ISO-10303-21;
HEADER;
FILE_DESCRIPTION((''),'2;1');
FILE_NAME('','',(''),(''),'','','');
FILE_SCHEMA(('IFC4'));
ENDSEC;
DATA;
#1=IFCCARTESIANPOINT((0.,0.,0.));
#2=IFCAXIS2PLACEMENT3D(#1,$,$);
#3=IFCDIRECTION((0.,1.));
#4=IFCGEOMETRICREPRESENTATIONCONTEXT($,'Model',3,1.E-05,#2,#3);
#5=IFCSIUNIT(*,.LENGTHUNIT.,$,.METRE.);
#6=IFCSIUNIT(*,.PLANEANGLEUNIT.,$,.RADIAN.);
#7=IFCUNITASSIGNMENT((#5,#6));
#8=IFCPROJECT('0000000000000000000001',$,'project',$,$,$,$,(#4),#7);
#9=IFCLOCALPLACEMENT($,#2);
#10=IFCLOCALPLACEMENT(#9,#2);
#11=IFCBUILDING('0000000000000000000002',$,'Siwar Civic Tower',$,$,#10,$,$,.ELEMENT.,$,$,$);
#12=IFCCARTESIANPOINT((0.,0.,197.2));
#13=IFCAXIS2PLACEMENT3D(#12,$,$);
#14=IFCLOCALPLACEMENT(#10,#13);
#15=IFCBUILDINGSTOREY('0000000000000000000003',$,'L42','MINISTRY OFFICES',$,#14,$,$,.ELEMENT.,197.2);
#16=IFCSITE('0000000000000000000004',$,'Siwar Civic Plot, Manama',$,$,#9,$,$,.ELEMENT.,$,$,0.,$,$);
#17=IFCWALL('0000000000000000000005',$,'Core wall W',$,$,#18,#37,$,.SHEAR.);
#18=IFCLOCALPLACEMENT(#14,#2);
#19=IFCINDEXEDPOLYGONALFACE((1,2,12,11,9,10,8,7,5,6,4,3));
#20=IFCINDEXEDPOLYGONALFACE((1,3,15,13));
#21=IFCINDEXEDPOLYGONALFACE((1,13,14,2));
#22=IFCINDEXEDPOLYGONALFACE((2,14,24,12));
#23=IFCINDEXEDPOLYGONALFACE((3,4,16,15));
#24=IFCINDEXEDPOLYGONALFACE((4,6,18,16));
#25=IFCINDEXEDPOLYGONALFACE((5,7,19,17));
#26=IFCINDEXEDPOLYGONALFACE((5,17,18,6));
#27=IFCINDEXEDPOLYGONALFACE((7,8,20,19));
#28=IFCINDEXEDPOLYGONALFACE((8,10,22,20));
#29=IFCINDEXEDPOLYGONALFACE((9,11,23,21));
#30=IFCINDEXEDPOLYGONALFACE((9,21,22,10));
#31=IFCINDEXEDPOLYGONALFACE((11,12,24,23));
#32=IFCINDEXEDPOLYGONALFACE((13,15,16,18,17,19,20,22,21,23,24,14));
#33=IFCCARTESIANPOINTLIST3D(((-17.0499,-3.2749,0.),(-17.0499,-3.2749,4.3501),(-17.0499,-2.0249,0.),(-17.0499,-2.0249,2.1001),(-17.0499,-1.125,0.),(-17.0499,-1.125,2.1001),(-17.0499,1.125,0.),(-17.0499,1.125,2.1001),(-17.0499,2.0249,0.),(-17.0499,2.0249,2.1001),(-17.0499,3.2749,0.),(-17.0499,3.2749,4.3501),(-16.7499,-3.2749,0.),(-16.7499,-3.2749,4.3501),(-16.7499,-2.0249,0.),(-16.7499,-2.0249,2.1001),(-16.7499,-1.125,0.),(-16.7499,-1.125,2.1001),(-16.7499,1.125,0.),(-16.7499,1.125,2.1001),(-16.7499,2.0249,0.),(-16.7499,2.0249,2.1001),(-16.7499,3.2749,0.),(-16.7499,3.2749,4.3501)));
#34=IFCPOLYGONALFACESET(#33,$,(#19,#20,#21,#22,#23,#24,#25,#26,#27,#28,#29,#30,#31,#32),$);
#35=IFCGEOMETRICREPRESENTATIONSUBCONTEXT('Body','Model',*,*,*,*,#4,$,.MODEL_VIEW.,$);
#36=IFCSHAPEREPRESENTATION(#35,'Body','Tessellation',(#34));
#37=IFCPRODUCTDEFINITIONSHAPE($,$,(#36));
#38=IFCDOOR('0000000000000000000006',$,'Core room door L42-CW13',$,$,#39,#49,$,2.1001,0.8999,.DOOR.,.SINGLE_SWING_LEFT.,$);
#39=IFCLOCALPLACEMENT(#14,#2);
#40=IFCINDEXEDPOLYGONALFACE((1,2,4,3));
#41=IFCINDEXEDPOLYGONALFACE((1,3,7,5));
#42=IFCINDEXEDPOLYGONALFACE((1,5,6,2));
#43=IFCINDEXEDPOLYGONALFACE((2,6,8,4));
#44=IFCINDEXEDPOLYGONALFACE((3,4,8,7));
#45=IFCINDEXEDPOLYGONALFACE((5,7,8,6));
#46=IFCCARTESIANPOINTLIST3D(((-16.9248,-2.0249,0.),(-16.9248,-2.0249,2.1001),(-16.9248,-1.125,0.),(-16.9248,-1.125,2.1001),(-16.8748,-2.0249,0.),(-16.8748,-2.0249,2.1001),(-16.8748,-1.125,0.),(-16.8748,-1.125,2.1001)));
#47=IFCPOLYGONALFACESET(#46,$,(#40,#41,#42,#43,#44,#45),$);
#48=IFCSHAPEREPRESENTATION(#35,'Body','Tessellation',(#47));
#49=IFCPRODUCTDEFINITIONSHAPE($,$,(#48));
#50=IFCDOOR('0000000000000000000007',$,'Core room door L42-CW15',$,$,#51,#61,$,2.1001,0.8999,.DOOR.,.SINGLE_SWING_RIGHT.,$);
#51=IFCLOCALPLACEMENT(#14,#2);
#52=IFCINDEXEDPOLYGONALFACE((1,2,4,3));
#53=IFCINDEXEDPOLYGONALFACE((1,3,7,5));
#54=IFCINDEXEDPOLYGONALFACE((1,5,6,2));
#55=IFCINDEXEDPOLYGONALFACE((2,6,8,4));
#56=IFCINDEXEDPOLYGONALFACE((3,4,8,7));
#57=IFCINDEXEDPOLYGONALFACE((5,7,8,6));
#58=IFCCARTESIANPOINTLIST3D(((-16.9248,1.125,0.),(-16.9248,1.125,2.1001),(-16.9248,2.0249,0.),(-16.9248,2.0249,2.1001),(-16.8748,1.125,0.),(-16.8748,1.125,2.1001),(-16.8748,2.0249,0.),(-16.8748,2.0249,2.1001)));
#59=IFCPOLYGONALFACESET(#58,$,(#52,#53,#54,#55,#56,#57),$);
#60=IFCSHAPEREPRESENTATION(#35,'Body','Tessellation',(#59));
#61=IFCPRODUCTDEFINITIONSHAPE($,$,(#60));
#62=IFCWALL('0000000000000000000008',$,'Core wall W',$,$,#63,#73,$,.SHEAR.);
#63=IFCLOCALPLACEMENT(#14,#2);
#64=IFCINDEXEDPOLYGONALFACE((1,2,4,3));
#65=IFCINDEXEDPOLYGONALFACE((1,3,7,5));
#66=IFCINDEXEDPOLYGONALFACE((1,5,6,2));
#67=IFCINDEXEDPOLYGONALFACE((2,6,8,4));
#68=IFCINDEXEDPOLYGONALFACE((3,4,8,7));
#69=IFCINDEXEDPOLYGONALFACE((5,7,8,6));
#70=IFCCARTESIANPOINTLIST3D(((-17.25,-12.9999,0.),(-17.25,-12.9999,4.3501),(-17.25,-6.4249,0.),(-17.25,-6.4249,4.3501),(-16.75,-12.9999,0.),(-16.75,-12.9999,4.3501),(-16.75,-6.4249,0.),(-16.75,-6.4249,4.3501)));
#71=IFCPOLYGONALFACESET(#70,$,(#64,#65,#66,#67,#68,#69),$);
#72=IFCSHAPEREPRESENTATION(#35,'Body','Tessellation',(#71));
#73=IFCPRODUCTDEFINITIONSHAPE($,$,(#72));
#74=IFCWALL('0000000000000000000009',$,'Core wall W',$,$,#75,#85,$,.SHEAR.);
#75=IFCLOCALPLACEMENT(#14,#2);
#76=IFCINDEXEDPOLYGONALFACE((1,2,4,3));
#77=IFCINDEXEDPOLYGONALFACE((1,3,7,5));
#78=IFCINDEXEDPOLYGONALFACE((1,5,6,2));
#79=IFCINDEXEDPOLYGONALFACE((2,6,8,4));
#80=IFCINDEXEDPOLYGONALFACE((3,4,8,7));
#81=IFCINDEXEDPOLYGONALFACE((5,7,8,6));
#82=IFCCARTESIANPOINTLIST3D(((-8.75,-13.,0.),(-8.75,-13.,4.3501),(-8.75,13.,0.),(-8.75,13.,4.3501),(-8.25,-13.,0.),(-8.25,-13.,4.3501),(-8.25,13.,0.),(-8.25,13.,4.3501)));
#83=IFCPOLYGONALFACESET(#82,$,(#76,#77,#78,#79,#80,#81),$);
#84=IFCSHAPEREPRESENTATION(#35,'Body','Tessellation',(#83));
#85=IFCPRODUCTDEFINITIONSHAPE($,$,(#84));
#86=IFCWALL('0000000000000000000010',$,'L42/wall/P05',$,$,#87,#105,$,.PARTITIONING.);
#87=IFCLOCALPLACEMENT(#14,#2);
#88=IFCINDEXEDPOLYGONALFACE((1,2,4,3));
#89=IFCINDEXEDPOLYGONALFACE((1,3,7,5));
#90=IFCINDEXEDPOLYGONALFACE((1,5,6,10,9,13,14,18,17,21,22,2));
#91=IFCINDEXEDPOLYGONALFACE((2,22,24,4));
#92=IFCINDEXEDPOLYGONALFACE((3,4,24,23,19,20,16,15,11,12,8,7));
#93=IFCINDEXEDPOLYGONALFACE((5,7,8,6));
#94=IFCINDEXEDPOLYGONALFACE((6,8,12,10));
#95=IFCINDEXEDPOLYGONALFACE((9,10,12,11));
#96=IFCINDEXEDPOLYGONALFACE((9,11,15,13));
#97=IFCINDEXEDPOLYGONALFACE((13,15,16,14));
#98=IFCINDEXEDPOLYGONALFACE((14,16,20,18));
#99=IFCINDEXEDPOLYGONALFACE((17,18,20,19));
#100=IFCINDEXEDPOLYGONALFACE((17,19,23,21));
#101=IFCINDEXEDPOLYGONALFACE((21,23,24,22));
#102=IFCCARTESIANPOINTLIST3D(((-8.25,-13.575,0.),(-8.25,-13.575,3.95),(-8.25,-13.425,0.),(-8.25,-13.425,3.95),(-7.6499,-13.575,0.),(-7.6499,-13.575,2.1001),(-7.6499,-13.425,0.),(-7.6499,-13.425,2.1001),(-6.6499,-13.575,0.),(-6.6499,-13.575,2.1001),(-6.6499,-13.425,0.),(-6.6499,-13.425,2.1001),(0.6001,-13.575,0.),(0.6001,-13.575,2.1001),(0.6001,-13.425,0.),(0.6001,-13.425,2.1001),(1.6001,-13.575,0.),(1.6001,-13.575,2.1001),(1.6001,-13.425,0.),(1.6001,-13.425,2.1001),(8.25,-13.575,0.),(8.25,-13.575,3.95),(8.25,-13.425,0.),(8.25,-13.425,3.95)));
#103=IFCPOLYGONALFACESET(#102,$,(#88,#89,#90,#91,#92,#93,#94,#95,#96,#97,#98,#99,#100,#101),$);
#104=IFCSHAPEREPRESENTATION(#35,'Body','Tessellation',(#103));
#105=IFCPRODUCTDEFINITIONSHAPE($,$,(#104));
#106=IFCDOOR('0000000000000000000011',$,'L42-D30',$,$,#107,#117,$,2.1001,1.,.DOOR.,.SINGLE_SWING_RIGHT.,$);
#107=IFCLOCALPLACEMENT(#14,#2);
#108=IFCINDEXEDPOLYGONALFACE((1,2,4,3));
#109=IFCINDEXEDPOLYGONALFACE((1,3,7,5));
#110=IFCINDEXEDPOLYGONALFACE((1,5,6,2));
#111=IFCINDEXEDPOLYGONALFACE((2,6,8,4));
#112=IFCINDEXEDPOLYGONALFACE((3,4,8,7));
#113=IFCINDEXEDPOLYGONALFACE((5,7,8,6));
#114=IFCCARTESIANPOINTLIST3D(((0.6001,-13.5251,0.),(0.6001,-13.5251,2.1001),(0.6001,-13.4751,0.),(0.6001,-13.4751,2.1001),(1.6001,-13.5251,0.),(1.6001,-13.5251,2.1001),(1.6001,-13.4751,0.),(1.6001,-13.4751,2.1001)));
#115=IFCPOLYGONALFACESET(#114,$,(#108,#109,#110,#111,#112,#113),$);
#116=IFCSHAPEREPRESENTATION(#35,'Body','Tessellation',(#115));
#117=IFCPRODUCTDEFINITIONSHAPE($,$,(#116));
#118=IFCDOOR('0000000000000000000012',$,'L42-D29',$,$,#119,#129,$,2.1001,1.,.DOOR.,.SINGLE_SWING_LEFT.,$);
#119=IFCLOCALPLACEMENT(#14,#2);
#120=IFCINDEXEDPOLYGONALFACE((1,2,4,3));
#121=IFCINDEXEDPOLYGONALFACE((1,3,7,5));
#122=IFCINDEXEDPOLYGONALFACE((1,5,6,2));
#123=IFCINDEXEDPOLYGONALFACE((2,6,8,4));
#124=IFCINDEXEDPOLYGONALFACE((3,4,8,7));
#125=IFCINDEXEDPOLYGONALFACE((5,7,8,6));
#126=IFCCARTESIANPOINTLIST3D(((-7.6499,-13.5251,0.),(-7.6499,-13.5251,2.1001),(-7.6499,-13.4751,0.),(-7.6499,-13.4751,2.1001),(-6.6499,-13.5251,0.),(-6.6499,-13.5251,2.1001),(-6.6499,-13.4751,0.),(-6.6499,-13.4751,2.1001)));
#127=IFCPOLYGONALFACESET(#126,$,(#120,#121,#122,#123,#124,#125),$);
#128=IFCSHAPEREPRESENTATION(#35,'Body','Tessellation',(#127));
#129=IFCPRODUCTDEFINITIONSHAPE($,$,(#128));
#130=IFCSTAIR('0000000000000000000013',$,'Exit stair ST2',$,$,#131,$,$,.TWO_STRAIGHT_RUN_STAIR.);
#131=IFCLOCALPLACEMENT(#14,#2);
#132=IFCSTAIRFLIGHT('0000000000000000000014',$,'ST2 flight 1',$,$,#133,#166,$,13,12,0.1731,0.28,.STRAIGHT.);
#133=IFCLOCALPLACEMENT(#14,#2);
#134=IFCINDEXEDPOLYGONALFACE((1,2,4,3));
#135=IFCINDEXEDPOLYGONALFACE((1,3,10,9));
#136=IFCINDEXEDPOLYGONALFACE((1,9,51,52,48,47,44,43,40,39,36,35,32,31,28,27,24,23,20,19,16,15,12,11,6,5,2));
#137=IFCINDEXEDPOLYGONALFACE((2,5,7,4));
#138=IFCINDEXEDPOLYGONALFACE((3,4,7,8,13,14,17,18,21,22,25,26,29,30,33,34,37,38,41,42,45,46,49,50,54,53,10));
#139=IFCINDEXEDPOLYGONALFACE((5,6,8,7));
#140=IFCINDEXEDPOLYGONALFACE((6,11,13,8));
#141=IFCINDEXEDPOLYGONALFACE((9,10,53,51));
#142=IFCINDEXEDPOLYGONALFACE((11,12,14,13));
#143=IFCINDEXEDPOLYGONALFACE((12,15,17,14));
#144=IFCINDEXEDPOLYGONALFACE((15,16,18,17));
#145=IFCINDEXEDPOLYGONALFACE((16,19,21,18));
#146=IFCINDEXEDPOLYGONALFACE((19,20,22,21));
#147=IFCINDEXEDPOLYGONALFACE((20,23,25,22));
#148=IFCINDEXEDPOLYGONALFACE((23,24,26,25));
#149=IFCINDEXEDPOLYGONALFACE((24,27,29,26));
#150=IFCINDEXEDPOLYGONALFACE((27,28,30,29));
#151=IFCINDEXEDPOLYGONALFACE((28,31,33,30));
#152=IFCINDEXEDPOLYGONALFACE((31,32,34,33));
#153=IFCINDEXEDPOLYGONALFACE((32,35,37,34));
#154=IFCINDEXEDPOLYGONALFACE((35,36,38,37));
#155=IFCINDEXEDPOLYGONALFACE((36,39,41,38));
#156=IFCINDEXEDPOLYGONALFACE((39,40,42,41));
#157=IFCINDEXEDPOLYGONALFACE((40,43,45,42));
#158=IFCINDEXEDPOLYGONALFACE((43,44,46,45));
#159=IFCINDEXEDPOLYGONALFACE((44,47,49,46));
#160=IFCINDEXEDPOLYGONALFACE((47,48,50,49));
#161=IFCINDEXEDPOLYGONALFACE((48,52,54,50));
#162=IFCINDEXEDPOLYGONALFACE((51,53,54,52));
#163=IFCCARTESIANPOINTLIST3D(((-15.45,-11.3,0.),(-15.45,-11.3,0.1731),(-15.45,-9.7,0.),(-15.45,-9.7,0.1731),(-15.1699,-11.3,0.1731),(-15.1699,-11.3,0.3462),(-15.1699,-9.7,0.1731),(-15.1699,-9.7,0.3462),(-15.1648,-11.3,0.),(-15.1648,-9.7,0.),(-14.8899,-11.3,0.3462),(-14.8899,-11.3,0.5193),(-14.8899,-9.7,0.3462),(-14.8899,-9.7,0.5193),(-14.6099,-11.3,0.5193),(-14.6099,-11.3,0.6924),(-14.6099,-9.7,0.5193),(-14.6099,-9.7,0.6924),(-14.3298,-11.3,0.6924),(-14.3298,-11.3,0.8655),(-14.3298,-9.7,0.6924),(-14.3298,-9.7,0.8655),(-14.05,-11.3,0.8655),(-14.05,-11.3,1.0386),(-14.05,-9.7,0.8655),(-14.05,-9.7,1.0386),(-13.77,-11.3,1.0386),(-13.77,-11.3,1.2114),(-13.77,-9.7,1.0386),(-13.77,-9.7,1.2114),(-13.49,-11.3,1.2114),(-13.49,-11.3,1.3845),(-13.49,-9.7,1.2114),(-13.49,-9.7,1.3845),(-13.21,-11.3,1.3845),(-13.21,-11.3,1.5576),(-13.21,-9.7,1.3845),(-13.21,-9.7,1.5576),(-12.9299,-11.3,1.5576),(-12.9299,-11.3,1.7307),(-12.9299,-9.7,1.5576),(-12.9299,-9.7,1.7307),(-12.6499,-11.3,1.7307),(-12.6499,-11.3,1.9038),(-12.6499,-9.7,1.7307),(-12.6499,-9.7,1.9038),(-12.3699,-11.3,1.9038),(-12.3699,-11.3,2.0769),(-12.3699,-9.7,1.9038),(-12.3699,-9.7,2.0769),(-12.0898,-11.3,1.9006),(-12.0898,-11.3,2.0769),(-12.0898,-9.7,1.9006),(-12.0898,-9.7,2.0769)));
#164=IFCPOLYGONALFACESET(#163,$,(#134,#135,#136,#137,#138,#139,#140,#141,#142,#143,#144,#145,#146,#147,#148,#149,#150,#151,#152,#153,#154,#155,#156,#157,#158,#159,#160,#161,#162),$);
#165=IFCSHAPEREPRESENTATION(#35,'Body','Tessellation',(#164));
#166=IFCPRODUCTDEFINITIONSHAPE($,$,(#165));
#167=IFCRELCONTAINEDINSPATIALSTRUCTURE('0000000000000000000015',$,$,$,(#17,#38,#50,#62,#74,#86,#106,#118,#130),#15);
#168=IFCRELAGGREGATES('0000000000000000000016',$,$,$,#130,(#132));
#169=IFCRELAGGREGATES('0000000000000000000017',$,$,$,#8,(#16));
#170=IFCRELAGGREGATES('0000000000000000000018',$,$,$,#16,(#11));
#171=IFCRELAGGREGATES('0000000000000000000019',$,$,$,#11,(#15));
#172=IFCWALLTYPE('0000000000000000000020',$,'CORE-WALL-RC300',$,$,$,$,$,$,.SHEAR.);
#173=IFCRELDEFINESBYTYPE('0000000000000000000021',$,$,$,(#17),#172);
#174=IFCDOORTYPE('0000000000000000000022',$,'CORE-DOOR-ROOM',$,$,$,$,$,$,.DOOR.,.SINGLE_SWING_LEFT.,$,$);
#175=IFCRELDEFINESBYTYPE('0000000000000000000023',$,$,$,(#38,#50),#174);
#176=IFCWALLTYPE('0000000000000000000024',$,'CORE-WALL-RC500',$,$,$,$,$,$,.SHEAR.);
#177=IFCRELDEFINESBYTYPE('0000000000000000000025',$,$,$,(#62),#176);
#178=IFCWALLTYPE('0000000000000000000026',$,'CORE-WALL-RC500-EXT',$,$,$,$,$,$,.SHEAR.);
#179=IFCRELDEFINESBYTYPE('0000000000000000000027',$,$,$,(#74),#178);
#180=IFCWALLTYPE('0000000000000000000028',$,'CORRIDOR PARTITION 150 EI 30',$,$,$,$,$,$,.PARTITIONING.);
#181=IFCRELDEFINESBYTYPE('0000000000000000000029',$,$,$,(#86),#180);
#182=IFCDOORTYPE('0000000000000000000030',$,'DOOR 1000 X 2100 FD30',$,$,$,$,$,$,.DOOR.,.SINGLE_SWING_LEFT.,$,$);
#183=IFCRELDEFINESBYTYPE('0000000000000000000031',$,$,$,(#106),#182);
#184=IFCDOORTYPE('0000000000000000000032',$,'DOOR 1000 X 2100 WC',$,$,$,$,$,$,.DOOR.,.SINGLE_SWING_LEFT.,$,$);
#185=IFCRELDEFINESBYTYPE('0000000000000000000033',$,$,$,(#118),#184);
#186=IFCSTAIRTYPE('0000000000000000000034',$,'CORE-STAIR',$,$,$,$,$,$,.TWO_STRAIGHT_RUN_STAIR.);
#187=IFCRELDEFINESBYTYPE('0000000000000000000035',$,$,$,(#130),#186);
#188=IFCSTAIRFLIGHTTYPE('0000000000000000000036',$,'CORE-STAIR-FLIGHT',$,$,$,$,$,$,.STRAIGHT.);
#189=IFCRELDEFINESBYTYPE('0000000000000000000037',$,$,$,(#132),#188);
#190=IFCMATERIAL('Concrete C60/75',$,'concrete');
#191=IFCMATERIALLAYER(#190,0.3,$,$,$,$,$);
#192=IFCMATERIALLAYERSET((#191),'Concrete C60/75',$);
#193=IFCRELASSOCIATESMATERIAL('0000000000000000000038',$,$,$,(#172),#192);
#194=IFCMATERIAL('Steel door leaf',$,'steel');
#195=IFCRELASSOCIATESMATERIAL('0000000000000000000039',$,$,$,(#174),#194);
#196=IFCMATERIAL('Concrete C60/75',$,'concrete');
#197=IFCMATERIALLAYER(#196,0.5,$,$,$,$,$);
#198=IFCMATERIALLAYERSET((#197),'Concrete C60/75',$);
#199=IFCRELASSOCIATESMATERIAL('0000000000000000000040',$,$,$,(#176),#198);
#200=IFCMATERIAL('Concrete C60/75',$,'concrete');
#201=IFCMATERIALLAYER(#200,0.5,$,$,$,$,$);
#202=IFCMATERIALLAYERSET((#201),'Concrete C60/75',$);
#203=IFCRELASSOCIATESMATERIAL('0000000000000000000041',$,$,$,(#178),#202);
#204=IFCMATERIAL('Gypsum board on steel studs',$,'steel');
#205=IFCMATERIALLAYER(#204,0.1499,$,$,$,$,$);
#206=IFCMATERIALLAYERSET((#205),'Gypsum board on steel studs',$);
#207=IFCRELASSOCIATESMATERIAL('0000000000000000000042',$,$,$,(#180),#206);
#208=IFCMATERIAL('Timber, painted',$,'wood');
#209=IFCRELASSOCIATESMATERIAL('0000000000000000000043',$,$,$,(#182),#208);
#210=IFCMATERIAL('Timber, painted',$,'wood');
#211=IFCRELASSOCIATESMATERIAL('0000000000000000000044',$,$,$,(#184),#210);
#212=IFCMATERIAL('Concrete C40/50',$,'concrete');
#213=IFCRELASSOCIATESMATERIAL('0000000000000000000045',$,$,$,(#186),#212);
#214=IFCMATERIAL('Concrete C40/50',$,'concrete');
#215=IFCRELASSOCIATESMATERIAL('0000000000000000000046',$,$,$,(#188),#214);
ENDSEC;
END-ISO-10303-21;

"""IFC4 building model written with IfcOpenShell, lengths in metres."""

from ifc_helpers import new_model, si_unit, direction, frame, frame_2d, origin, place, context, subcontext, project, spatial, polyline, rectangle, outline, extrude, material, layer, layer_set, type_object, element, fill, aggregate, save


model = new_model("IFC4")

# Units and contexts
model_context = context("Model", 3, precision=1e-05, world=origin(), true_north=direction((0.0, 1.0)))
body_context = subcontext(model_context, "Body", "Model", "MODEL_VIEW")
ifc_project = project(units=[si_unit("LENGTHUNIT", "METRE"), si_unit("PLANEANGLEUNIT", "RADIAN")], contexts=[model_context])

# Site, building, storey
site_placement = place(None, origin())
site = spatial("IfcSite", under=ifc_project, at=site_placement, Name="Siwar Civic Plot, Manama", CompositionType="ELEMENT", RefElevation=0.0)
building_placement = place(site_placement, origin())
building = spatial("IfcBuilding", under=site, at=building_placement, Name="Siwar Civic Tower", CompositionType="ELEMENT")
storey_placement = place(building_placement, frame((0.0, 0.0, 197.2)))
storey = spatial("IfcBuildingStorey", under=building, at=storey_placement, Name="L42", Description="MINISTRY OFFICES", CompositionType="ELEMENT", Elevation=197.2)

# Wall, openings, doors
ifc_material_1 = material(Name="Concrete C60/75", Category="concrete")
ifc_layer_1 = layer(ifc_material_1, 0.3)
ifc_layer_set_1 = layer_set([ifc_layer_1], Name="Concrete C60/75")
wall_type_1 = type_object("IfcWallType", Name="CORE-WALL-RC300", PredefinedType="SHEAR", material=ifc_layer_set_1)
wall_1_placement = place(storey_placement, frame((-16.8999, -3.2749, 0.0), z_axis=(0.0, 0.0, 1.0), x_axis=(0.0, 1.0, 0.0)))
wall_1 = element("IfcWall", 1, at=wall_1_placement, inside=storey, type_object=wall_type_1, Name="Core wall W", PredefinedType="SHEAR", context=body_context, shape_type="SweptSolid", body=[
    extrude(rectangle(XDim=6.5498, YDim=0.3, at=frame_2d((3.2749, 0.0))), origin(), (0.0, 0.0, 1.0), 4.3501),
])
opening_1_placement = place(wall_1_placement, frame((1.25, 0.0, 0.0)))
opening_1 = element("IfcOpeningElement", 2, at=opening_1_placement, cuts=wall_1, PredefinedType="OPENING", context=body_context, shape_type="SweptSolid", body=[
    extrude(rectangle(XDim=0.8999, YDim=2.1001, at=frame_2d((0.45, 1.05))), frame((0.0, 0.1602, 0.0), z_axis=(0.0, -1.0, 0.0), x_axis=(1.0, 0.0, 0.0)), (0.0, 0.0, 1.0), 0.3201),
])
opening_2_placement = place(wall_1_placement, frame((4.3999, 0.0, 0.0)))
opening_2 = element("IfcOpeningElement", 3, at=opening_2_placement, cuts=wall_1, PredefinedType="OPENING", context=body_context, shape_type="SweptSolid", body=[
    extrude(rectangle(XDim=0.8999, YDim=2.1001, at=frame_2d((0.45, 1.05))), frame((0.0, 0.1602, 0.0), z_axis=(0.0, -1.0, 0.0), x_axis=(1.0, 0.0, 0.0)), (0.0, 0.0, 1.0), 0.3201),
])
ifc_material_2 = material(Name="Steel door leaf", Category="steel")
door_type_1 = type_object("IfcDoorType", Name="CORE-DOOR-ROOM", OperationType="SINGLE_SWING_LEFT", PredefinedType="DOOR", material=ifc_material_2)
door_1_placement = place(opening_1_placement, origin())
door_1 = element("IfcDoor", 4, at=door_1_placement, inside=storey, type_object=door_type_1, Name="Core room door L42-CW13", OperationType="SINGLE_SWING_LEFT", OverallHeight=2.1001, OverallWidth=0.8999, PredefinedType="DOOR", context=body_context, shape_type="SweptSolid", body=[
    extrude(rectangle(XDim=0.8999, YDim=2.1001, at=frame_2d((0.45, 1.05))), frame((0.0, 0.0249, 0.0), z_axis=(0.0, -1.0, 0.0), x_axis=(1.0, 0.0, 0.0)), (0.0, 0.0, 1.0), 0.05),
])
fill(opening_1, door_1)
door_2_placement = place(opening_2_placement, origin())
door_2 = element("IfcDoor", 5, at=door_2_placement, inside=storey, type_object=door_type_1, Name="Core room door L42-CW15", OperationType="SINGLE_SWING_RIGHT", OverallHeight=2.1001, OverallWidth=0.8999, PredefinedType="DOOR", context=body_context, shape_type="SweptSolid", body=[
    extrude(rectangle(XDim=0.8999, YDim=2.1001, at=frame_2d((0.45, 1.05))), frame((0.0, 0.0249, 0.0), z_axis=(0.0, -1.0, 0.0), x_axis=(1.0, 0.0, 0.0)), (0.0, 0.0, 1.0), 0.05),
])
fill(opening_2, door_2)

# Walls
ifc_material_3 = material(Name="Concrete C60/75", Category="concrete")
ifc_layer_2 = layer(ifc_material_3, 0.5)
ifc_layer_set_2 = layer_set([ifc_layer_2], Name="Concrete C60/75")
wall_type_2 = type_object("IfcWallType", Name="CORE-WALL-RC500", PredefinedType="SHEAR", material=ifc_layer_set_2)
wall_2_placement = place(storey_placement, frame((-17.0, -13.0, 0.0), z_axis=(0.0, 0.0, 1.0), x_axis=(0.0, 1.0, 0.0)))
element("IfcWall", 6, at=wall_2_placement, inside=storey, type_object=wall_type_2, Name="Core wall W", PredefinedType="SHEAR", context=body_context, shape_type="SweptSolid", body=[
    extrude(rectangle(XDim=6.575, YDim=0.5, at=frame_2d((3.2876, 0.0))), origin(), (0.0, 0.0, 1.0), 4.3501),
])
ifc_material_4 = material(Name="Concrete C60/75", Category="concrete")
ifc_layer_3 = layer(ifc_material_4, 0.5)
ifc_layer_set_3 = layer_set([ifc_layer_3], Name="Concrete C60/75")
wall_type_3 = type_object("IfcWallType", Name="CORE-WALL-RC500-EXT", PredefinedType="SHEAR", material=ifc_layer_set_3)
wall_3_placement = place(storey_placement, frame((-8.5, -13.0, 0.0), z_axis=(0.0, 0.0, 1.0), x_axis=(0.0, 1.0, 0.0)))
element("IfcWall", 7, at=wall_3_placement, inside=storey, type_object=wall_type_3, Name="Core wall W", PredefinedType="SHEAR", context=body_context, shape_type="SweptSolid", body=[
    extrude(rectangle(XDim=26.0, YDim=0.5, at=frame_2d((13.0, 0.0))), origin(), (0.0, 0.0, 1.0), 4.3501),
])

# Wall, openings, doors
ifc_material_5 = material(Name="Gypsum board on steel studs", Category="steel")
ifc_layer_4 = layer(ifc_material_5, 0.1499)
ifc_layer_set_4 = layer_set([ifc_layer_4], Name="Gypsum board on steel studs")
wall_type_4 = type_object("IfcWallType", Name="CORRIDOR PARTITION 150 EI 30", PredefinedType="PARTITIONING", material=ifc_layer_set_4)
wall_4_placement = place(storey_placement, frame((-8.25, -13.5, 0.0), z_axis=(0.0, 0.0, 1.0), x_axis=(1.0, 0.0, 0.0)))
wall_4 = element("IfcWall", 8, at=wall_4_placement, inside=storey, type_object=wall_type_4, Name="L42/wall/P05", PredefinedType="PARTITIONING", context=body_context, shape_type="SweptSolid", body=[
    extrude(rectangle(XDim=16.5, YDim=0.1499, at=frame_2d((8.25, 0.0))), origin(), (0.0, 0.0, 1.0), 3.95),
])
opening_3_placement = place(wall_4_placement, frame((0.6001, 0.0, 0.0)))
opening_3 = element("IfcOpeningElement", 9, at=opening_3_placement, cuts=wall_4, PredefinedType="OPENING", context=body_context, shape_type="SweptSolid", body=[
    extrude(rectangle(XDim=1.0, YDim=2.1001, at=frame_2d((0.5, 1.05))), frame((0.0, 0.085, 0.0), z_axis=(0.0, -1.0, 0.0), x_axis=(1.0, 0.0, 0.0)), (0.0, 0.0, 1.0), 0.1699),
])
opening_4_placement = place(wall_4_placement, frame((8.8501, 0.0, 0.0)))
opening_4 = element("IfcOpeningElement", 10, at=opening_4_placement, cuts=wall_4, PredefinedType="OPENING", context=body_context, shape_type="SweptSolid", body=[
    extrude(rectangle(XDim=1.0, YDim=2.1001, at=frame_2d((0.5, 1.05))), frame((0.0, 0.085, 0.0), z_axis=(0.0, -1.0, 0.0), x_axis=(1.0, 0.0, 0.0)), (0.0, 0.0, 1.0), 0.1699),
])
ifc_material_6 = material(Name="Timber, painted", Category="wood")
door_type_2 = type_object("IfcDoorType", Name="DOOR 1000 X 2100 FD30", OperationType="SINGLE_SWING_LEFT", PredefinedType="DOOR", material=ifc_material_6)
door_3_placement = place(opening_4_placement, origin())
door_3 = element("IfcDoor", 11, at=door_3_placement, inside=storey, type_object=door_type_2, Name="L42-D30", OperationType="SINGLE_SWING_RIGHT", OverallHeight=2.1001, OverallWidth=1.0, PredefinedType="DOOR", context=body_context, shape_type="SweptSolid", body=[
    extrude(rectangle(XDim=1.0, YDim=2.1001, at=frame_2d((0.5, 1.05))), frame((0.0, 0.0249, 0.0), z_axis=(0.0, -1.0, 0.0), x_axis=(1.0, 0.0, 0.0)), (0.0, 0.0, 1.0), 0.05),
])
fill(opening_4, door_3)
ifc_material_7 = material(Name="Timber, painted", Category="wood")
door_type_3 = type_object("IfcDoorType", Name="DOOR 1000 X 2100 WC", OperationType="SINGLE_SWING_LEFT", PredefinedType="DOOR", material=ifc_material_7)
door_4_placement = place(opening_3_placement, origin())
door_4 = element("IfcDoor", 12, at=door_4_placement, inside=storey, type_object=door_type_3, Name="L42-D29", OperationType="SINGLE_SWING_LEFT", OverallHeight=2.1001, OverallWidth=1.0, PredefinedType="DOOR", context=body_context, shape_type="SweptSolid", body=[
    extrude(rectangle(XDim=1.0, YDim=2.1001, at=frame_2d((0.5, 1.05))), frame((0.0, 0.0249, 0.0), z_axis=(0.0, -1.0, 0.0), x_axis=(1.0, 0.0, 0.0)), (0.0, 0.0, 1.0), 0.05),
])
fill(opening_3, door_4)

# Stair, stair flight
ifc_material_8 = material(Name="Concrete C40/50", Category="concrete")
stair_type = type_object("IfcStairType", Name="CORE-STAIR", PredefinedType="TWO_STRAIGHT_RUN_STAIR", material=ifc_material_8)
stair_placement = place(storey_placement, origin())
stair = element("IfcStair", 13, at=stair_placement, inside=storey, type_object=stair_type, Name="Exit stair ST2", PredefinedType="TWO_STRAIGHT_RUN_STAIR")
ifc_material_9 = material(Name="Concrete C40/50", Category="concrete")
stair_flight_type = type_object("IfcStairFlightType", Name="CORE-STAIR-FLIGHT", PredefinedType="STRAIGHT", material=ifc_material_9)
stair_flight_1_placement = place(storey_placement, frame((-15.45, -10.5, 0.0), z_axis=(0.0, 0.0, 1.0), x_axis=(1.0, 0.0, 0.0)))
stair_flight_1 = element("IfcStairFlight", 14, at=stair_flight_1_placement, type_object=stair_flight_type, Name="ST2 flight 1", NumberOfRisers=13, NumberOfTreads=12, PredefinedType="STRAIGHT", RiserHeight=0.1731, TreadLength=0.28, context=body_context, shape_type="SweptSolid", body=[
    extrude(outline(polyline([(0.0, 0.0), (0.0, 0.1731), (0.28, 0.1731), (0.28, 0.3462), (0.5601, 0.3462), (0.5601, 0.5193), (0.8401, 0.5193), (0.8401, 0.6924), (1.1201, 0.6924), (1.1201, 0.8655), (1.3999, 0.8655), (1.3999, 1.0386), (1.6799, 1.0386), (1.6799, 1.2114), (1.96, 1.2114), (1.96, 1.3845), (2.24, 1.3845), (2.24, 1.5576), (2.52, 1.5576), (2.52, 1.7307), (2.8, 1.7307), (2.8, 1.9038), (3.0801, 1.9038), (3.0801, 2.0769), (3.3601, 2.0769), (3.3601, 2.25), (3.3601, 1.9006), (0.2852, 0.0), (0.0, 0.0)])), frame((0.0, 0.8, 0.0), z_axis=(0.0, -1.0, 0.0), x_axis=(1.0, 0.0, 0.0)), (0.0, 0.0, 1.0), 1.6001),
])
aggregate(stair, [stair_flight_1])

save(model, "model.ifc")
